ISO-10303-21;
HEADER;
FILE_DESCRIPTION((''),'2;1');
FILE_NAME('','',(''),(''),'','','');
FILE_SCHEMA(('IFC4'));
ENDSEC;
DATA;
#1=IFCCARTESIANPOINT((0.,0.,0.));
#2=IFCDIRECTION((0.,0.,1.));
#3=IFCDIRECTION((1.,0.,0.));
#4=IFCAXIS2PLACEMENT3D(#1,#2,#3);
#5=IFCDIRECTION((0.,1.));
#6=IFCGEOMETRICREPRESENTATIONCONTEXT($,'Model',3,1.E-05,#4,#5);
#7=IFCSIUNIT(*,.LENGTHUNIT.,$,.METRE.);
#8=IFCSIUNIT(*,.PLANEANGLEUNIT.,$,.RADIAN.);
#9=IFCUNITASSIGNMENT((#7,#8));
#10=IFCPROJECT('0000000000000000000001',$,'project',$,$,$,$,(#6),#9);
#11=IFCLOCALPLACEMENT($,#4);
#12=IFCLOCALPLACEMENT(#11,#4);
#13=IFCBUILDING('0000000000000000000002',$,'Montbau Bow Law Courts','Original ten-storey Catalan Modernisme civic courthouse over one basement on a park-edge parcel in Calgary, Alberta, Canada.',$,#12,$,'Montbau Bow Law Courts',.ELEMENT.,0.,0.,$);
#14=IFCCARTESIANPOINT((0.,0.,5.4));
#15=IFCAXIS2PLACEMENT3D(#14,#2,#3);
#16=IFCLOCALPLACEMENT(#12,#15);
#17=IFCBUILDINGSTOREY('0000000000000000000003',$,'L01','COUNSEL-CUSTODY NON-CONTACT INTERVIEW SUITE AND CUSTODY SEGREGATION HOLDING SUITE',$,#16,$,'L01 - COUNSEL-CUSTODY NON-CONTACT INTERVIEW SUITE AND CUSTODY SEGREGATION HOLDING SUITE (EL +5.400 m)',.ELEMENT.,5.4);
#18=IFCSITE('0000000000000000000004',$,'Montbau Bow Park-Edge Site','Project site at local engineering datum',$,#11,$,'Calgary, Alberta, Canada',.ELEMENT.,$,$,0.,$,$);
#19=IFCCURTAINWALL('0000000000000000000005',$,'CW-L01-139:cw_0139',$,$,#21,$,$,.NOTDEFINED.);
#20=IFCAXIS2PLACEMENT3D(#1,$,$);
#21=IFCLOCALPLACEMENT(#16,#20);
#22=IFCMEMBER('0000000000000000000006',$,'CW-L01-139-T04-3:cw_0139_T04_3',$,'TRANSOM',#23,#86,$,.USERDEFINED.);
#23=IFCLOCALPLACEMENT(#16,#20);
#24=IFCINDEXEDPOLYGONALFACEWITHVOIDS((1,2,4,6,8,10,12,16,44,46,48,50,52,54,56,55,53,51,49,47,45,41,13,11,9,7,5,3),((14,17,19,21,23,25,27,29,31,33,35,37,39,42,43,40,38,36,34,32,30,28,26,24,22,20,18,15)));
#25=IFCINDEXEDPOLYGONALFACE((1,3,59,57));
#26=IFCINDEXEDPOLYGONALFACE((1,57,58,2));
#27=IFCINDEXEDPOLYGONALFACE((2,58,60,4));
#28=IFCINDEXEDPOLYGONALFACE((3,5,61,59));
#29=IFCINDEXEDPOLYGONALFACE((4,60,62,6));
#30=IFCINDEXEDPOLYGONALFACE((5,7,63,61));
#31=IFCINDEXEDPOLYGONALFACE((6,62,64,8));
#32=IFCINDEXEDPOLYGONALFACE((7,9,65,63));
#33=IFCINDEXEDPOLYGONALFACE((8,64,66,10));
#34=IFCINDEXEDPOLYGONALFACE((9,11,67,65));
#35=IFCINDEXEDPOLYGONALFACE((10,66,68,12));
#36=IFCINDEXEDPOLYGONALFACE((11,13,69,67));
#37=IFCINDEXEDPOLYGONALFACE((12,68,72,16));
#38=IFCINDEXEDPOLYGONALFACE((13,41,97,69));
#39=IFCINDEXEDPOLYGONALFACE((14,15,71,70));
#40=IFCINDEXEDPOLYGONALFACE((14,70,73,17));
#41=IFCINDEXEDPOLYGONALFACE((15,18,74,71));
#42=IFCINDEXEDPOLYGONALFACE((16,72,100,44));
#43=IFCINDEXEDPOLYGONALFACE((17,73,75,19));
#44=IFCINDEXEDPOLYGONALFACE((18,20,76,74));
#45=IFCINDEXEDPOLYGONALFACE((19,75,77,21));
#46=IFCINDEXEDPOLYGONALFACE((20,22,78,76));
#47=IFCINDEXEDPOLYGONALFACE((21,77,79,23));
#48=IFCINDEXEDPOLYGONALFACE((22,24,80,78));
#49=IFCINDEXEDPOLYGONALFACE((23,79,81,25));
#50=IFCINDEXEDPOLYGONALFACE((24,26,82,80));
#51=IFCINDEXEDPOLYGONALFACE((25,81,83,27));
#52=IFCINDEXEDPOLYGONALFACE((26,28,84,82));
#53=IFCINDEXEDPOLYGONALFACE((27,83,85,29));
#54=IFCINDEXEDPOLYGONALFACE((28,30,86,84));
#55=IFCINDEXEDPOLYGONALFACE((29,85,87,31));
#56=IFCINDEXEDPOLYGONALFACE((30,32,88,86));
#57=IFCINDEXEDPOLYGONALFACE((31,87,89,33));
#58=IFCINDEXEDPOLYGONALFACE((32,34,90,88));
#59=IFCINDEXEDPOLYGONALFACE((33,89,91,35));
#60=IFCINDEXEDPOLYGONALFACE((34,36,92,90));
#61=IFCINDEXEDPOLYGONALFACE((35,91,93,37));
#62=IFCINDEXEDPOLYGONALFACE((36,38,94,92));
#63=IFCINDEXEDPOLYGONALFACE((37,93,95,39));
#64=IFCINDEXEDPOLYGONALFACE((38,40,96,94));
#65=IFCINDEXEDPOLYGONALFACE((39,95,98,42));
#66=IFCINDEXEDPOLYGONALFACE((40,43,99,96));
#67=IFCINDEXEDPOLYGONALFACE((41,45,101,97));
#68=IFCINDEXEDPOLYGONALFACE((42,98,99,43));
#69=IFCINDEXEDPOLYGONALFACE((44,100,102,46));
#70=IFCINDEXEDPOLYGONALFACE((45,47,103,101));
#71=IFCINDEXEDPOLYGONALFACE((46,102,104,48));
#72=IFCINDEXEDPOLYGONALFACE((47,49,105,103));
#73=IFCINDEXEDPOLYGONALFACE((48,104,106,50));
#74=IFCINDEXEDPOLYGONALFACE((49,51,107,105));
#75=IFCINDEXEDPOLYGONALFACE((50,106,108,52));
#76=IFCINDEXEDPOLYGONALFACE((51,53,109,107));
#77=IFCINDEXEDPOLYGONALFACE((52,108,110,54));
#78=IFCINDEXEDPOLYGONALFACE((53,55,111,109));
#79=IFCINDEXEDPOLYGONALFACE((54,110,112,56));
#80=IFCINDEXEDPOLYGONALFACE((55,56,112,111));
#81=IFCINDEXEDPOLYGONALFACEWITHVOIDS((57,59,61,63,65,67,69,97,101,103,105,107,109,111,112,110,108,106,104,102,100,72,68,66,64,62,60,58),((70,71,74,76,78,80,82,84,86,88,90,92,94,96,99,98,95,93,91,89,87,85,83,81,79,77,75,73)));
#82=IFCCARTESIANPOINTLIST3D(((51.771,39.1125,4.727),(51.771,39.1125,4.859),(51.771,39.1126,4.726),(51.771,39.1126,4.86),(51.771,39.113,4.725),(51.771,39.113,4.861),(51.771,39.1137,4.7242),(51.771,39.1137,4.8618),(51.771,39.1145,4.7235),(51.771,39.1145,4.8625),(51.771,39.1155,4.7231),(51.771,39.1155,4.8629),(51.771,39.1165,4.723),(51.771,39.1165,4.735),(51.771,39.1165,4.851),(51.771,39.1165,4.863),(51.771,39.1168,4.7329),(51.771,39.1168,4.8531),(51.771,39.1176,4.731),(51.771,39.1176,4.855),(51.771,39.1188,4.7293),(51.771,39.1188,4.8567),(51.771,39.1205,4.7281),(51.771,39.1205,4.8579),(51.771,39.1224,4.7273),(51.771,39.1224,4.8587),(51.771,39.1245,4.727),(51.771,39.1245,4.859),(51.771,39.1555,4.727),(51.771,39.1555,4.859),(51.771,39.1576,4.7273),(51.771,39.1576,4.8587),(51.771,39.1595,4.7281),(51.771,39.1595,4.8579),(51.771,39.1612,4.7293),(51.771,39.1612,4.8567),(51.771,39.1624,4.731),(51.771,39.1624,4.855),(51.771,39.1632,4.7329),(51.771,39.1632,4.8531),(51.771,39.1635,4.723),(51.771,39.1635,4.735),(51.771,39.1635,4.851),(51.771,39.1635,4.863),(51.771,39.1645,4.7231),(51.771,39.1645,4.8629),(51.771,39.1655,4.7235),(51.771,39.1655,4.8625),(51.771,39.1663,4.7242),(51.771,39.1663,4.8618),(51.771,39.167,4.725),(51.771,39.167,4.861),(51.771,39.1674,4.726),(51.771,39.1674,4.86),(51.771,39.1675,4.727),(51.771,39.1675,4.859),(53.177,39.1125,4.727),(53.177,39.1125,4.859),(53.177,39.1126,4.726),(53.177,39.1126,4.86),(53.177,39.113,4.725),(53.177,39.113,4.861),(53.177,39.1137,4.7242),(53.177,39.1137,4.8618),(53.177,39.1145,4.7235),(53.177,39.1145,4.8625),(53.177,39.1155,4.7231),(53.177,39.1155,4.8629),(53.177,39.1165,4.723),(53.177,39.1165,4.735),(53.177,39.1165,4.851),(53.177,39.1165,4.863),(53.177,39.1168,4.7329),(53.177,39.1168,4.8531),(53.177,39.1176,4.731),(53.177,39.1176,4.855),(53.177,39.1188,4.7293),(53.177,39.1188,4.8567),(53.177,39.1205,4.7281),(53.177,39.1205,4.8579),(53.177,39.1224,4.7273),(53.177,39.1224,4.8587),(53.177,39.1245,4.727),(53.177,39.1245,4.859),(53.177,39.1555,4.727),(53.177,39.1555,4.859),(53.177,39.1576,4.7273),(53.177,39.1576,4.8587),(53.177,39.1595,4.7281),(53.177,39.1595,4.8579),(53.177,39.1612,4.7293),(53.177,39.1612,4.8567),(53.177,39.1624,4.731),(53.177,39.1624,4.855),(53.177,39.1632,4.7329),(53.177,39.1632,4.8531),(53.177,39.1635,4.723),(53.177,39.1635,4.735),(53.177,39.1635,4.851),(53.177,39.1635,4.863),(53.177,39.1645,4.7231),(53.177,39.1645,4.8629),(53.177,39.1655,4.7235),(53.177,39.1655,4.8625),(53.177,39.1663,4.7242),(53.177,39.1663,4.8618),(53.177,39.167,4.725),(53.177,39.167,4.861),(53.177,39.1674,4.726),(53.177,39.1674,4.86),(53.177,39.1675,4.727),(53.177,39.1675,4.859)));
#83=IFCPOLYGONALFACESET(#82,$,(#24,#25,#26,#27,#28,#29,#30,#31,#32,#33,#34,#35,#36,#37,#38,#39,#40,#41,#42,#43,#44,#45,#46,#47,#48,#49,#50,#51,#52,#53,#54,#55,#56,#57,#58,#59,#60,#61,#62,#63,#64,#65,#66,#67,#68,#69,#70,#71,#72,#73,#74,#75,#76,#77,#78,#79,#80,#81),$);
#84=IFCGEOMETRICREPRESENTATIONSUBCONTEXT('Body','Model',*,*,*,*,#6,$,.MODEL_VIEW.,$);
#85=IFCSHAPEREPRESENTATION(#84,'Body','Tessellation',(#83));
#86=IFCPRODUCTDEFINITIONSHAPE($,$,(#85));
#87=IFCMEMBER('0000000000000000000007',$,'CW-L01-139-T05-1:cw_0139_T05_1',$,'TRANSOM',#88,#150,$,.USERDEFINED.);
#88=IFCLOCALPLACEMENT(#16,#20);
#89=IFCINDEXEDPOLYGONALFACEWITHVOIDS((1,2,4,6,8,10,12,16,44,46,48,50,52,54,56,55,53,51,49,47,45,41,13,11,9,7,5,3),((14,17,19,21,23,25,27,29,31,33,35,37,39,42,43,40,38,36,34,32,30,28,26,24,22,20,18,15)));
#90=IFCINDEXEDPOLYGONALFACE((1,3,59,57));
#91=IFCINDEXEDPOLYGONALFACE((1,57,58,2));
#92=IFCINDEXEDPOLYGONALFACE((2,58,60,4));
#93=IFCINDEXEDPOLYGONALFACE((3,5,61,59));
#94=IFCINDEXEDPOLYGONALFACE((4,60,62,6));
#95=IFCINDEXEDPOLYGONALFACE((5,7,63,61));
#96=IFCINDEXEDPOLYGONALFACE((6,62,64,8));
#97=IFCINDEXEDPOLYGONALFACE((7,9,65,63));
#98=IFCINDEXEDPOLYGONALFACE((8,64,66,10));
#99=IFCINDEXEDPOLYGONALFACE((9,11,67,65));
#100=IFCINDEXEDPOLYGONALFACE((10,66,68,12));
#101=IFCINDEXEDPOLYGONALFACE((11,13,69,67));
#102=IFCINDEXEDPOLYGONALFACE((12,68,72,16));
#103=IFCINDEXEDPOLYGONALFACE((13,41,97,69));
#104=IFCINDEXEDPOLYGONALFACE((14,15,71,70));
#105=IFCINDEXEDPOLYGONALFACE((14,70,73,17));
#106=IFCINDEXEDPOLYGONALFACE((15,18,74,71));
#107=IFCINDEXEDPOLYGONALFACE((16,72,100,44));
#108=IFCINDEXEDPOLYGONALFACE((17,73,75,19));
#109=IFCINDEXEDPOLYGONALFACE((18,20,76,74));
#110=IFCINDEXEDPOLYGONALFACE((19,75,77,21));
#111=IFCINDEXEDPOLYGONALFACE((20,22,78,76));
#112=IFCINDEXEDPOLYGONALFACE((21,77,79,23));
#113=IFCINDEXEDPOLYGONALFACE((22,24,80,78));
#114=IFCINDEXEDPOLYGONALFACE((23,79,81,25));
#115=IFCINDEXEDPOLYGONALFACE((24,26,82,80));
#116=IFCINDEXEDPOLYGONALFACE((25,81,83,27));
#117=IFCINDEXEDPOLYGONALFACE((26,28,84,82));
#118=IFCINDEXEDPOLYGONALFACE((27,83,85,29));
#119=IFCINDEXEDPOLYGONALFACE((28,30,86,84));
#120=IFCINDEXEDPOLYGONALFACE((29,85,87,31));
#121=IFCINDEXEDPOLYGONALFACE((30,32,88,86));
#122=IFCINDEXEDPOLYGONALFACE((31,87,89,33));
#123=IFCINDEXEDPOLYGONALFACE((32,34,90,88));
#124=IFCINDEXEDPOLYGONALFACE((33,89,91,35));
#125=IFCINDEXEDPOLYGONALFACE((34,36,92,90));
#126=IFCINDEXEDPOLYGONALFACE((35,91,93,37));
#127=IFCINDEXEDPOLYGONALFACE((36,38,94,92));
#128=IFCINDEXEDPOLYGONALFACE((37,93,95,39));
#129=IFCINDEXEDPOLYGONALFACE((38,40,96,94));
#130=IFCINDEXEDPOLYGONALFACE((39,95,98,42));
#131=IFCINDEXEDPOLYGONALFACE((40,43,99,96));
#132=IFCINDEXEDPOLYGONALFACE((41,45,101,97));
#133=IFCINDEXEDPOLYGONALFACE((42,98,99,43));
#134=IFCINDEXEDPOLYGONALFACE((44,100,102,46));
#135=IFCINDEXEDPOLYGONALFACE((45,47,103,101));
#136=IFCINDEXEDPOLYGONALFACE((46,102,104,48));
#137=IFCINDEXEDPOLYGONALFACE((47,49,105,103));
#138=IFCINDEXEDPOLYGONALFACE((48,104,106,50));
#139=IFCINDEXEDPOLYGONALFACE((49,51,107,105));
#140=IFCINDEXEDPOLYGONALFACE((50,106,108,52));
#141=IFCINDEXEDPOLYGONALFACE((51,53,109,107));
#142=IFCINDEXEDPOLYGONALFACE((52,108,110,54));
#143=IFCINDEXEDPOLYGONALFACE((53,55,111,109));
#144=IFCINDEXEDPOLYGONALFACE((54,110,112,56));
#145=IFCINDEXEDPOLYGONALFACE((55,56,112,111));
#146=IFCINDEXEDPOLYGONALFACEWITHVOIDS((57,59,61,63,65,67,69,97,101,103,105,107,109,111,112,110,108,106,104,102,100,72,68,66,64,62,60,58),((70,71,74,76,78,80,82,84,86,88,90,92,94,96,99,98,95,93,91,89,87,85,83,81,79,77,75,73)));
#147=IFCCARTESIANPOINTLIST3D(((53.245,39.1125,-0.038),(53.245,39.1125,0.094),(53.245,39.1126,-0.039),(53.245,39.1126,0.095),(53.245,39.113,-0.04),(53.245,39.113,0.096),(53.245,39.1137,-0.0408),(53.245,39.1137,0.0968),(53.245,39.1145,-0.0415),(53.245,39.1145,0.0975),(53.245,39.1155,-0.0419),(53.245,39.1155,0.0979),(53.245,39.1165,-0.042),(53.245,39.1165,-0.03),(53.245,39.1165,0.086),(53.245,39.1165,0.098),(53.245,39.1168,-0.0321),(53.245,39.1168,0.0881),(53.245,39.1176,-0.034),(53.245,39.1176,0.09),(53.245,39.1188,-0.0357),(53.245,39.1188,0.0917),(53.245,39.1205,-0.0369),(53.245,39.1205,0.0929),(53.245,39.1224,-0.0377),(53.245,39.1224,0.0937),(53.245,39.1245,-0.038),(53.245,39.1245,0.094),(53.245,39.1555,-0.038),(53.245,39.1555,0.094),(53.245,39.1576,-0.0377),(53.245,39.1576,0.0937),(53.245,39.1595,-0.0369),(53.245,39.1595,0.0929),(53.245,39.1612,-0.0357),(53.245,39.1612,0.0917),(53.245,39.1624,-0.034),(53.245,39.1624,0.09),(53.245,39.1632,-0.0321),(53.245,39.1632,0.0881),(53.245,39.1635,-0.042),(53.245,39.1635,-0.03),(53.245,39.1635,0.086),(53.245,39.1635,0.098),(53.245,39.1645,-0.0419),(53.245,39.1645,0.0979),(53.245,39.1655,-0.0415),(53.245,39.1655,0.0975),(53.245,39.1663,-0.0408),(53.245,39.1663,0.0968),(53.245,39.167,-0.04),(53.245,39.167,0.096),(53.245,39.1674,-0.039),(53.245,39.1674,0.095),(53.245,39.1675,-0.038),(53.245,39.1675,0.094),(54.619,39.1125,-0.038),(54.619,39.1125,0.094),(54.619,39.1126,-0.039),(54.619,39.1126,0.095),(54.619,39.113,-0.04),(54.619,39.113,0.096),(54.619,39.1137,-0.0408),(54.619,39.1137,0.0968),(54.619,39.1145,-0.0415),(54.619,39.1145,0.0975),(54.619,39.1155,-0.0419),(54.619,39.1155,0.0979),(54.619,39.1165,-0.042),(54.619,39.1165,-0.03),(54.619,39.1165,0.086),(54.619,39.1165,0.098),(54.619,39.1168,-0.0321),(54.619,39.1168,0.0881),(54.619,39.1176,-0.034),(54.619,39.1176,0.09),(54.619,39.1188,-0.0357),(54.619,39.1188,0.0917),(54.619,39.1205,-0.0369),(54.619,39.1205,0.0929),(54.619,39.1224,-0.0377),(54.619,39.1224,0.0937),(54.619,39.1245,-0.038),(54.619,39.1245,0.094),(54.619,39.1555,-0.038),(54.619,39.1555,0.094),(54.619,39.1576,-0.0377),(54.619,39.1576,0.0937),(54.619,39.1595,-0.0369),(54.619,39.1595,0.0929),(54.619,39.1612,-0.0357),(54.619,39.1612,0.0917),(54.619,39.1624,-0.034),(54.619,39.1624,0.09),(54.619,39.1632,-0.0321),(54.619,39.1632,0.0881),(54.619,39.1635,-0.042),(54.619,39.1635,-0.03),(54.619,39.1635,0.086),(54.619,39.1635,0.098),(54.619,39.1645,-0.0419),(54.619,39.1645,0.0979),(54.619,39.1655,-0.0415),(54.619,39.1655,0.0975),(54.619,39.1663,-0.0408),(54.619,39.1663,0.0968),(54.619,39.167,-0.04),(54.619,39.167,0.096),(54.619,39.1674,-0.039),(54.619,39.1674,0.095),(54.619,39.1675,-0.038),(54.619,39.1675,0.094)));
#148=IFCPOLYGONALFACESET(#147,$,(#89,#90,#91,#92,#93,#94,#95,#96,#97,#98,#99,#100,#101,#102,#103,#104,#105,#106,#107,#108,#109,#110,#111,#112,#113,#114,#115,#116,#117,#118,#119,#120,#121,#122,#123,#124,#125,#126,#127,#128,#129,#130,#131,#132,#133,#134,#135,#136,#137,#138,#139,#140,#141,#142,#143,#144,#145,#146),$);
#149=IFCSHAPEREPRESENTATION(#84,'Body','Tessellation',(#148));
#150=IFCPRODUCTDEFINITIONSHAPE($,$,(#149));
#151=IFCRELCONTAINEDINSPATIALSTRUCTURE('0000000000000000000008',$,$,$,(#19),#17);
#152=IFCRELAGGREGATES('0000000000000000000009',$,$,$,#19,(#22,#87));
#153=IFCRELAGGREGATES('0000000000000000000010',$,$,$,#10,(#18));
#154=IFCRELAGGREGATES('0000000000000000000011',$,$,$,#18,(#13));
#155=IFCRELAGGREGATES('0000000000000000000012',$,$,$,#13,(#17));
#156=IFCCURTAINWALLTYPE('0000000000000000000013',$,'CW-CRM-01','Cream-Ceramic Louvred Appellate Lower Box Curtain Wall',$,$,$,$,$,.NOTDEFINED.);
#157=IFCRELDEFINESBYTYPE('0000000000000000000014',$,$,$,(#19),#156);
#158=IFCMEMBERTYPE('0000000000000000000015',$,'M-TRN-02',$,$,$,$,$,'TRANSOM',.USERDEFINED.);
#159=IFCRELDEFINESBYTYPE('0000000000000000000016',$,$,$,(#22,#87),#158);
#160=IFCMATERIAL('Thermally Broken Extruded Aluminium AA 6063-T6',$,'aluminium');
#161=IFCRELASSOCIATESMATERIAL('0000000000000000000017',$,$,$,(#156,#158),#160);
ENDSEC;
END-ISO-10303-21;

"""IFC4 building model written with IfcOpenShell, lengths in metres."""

from ifc_helpers import new_model, si_unit, direction, frame, origin_with_axes, origin_2d_with_axis, place, context, subcontext, project, spatial, hollow_rectangle, extrude, material, material_profile, profile_set, type_object, element, aggregate, save


model = new_model("IFC4")

# Units and contexts
model_context = context("Model", 3, precision=1e-05, world=origin_with_axes(), true_north=direction((0.0, 1.0)))
body_context = subcontext(model_context, "Body", "Model", "MODEL_VIEW")
ifc_project = project(units=[si_unit("LENGTHUNIT", "METRE"), si_unit("PLANEANGLEUNIT", "RADIAN")], contexts=[model_context])

# Site, building, storey
site_placement = place(None, origin_with_axes())
site = spatial("IfcSite", under=ifc_project, at=site_placement, Name="Montbau Bow Park-Edge Site", Description="Project site at local engineering datum", LongName="Calgary, Alberta, Canada", CompositionType="ELEMENT", RefElevation=0.0)
building_placement = place(site_placement, origin_with_axes())
building = spatial("IfcBuilding", under=site, at=building_placement, Name="Montbau Bow Law Courts", Description="Original ten-storey Catalan Modernisme civic courthouse over one basement on a park-edge parcel in Calgary, Alberta, Canada.", LongName="Montbau Bow Law Courts", CompositionType="ELEMENT", ElevationOfRefHeight=0.0, ElevationOfTerrain=0.0)
storey_placement = place(building_placement, frame((0.0, 0.0, 5.4), z_axis=(0.0, 0.0, 1.0), x_axis=(1.0, 0.0, 0.0)))
storey = spatial("IfcBuildingStorey", under=building, at=storey_placement, Name="L01", Description="COUNSEL-CUSTODY NON-CONTACT INTERVIEW SUITE AND CUSTODY SEGREGATION HOLDING SUITE", LongName="L01 - COUNSEL-CUSTODY NON-CONTACT INTERVIEW SUITE AND CUSTODY SEGREGATION HOLDING SUITE (EL +5.400 m)", CompositionType="ELEMENT", Elevation=5.4)

# Curtain wall, members
ifc_material_1 = material(Name="Thermally Broken Extruded Aluminium AA 6063-T6", Category="aluminium")
curtain_wall_type = type_object("IfcCurtainWallType", Name="CW-CRM-01", Description="Cream-Ceramic Louvred Appellate Lower Box Curtain Wall", PredefinedType="NOTDEFINED", material=ifc_material_1)
curtain_wall_placement = place(None, frame((47.315, 39.14, 5.4), z_axis=(0.0, 0.0, 1.0), x_axis=(1.0, 0.0, 0.0)))
curtain_wall = element("IfcCurtainWall", 1, at=curtain_wall_placement, inside=storey, type_object=curtain_wall_type, Name="CW-L01-139:cw_0139", PredefinedType="NOTDEFINED")
ifc_material_profile_1 = material_profile(ifc_material_1, hollow_rectangle(XDim=0.055, YDim=0.14, WallThickness=0.004, InnerFilletRadius=0.008, OuterFilletRadius=0.004, at=origin_2d_with_axis()), Name="CWT-140X55", Category="Main", Priority=0)
ifc_profile_set_1 = profile_set([ifc_material_profile_1], Name="Thermally Broken Extruded Aluminium AA 6063-T6")
member_type_1 = type_object("IfcMemberType", Name="M-TRN-02", ElementType="TRANSOM", PredefinedType="USERDEFINED", material=ifc_profile_set_1)
member_1_placement = place(None, frame((51.771, 39.14, 10.193), z_axis=(1.0, 0.0, 0.0), x_axis=(0.0, 1.0, 0.0)))
member_1 = element("IfcMember", 2, at=member_1_placement, type_object=member_type_1, Name="CW-L01-139-T04-3:cw_0139_T04_3", ObjectType="TRANSOM", PredefinedType="USERDEFINED", context=body_context, shape_type="SweptSolid", body=[
    extrude(hollow_rectangle(XDim=0.055, YDim=0.14, WallThickness=0.004, InnerFilletRadius=0.008, OuterFilletRadius=0.004, at=origin_2d_with_axis()), origin_with_axes(), (0.0, 0.0, 1.0), 1.406),
])
member_2_placement = place(None, frame((53.245, 39.14, 5.428), z_axis=(1.0, 0.0, 0.0), x_axis=(0.0, 1.0, 0.0)))
member_2 = element("IfcMember", 3, at=member_2_placement, type_object=member_type_1, Name="CW-L01-139-T05-1:cw_0139_T05_1", ObjectType="TRANSOM", PredefinedType="USERDEFINED", context=body_context, shape_type="SweptSolid", body=[
    extrude(hollow_rectangle(XDim=0.055, YDim=0.14, WallThickness=0.004, InnerFilletRadius=0.008, OuterFilletRadius=0.004, at=origin_2d_with_axis()), origin_with_axes(), (0.0, 0.0, 1.0), 1.374),
])
aggregate(curtain_wall, [member_1, member_2])

save(model, "model.ifc")
